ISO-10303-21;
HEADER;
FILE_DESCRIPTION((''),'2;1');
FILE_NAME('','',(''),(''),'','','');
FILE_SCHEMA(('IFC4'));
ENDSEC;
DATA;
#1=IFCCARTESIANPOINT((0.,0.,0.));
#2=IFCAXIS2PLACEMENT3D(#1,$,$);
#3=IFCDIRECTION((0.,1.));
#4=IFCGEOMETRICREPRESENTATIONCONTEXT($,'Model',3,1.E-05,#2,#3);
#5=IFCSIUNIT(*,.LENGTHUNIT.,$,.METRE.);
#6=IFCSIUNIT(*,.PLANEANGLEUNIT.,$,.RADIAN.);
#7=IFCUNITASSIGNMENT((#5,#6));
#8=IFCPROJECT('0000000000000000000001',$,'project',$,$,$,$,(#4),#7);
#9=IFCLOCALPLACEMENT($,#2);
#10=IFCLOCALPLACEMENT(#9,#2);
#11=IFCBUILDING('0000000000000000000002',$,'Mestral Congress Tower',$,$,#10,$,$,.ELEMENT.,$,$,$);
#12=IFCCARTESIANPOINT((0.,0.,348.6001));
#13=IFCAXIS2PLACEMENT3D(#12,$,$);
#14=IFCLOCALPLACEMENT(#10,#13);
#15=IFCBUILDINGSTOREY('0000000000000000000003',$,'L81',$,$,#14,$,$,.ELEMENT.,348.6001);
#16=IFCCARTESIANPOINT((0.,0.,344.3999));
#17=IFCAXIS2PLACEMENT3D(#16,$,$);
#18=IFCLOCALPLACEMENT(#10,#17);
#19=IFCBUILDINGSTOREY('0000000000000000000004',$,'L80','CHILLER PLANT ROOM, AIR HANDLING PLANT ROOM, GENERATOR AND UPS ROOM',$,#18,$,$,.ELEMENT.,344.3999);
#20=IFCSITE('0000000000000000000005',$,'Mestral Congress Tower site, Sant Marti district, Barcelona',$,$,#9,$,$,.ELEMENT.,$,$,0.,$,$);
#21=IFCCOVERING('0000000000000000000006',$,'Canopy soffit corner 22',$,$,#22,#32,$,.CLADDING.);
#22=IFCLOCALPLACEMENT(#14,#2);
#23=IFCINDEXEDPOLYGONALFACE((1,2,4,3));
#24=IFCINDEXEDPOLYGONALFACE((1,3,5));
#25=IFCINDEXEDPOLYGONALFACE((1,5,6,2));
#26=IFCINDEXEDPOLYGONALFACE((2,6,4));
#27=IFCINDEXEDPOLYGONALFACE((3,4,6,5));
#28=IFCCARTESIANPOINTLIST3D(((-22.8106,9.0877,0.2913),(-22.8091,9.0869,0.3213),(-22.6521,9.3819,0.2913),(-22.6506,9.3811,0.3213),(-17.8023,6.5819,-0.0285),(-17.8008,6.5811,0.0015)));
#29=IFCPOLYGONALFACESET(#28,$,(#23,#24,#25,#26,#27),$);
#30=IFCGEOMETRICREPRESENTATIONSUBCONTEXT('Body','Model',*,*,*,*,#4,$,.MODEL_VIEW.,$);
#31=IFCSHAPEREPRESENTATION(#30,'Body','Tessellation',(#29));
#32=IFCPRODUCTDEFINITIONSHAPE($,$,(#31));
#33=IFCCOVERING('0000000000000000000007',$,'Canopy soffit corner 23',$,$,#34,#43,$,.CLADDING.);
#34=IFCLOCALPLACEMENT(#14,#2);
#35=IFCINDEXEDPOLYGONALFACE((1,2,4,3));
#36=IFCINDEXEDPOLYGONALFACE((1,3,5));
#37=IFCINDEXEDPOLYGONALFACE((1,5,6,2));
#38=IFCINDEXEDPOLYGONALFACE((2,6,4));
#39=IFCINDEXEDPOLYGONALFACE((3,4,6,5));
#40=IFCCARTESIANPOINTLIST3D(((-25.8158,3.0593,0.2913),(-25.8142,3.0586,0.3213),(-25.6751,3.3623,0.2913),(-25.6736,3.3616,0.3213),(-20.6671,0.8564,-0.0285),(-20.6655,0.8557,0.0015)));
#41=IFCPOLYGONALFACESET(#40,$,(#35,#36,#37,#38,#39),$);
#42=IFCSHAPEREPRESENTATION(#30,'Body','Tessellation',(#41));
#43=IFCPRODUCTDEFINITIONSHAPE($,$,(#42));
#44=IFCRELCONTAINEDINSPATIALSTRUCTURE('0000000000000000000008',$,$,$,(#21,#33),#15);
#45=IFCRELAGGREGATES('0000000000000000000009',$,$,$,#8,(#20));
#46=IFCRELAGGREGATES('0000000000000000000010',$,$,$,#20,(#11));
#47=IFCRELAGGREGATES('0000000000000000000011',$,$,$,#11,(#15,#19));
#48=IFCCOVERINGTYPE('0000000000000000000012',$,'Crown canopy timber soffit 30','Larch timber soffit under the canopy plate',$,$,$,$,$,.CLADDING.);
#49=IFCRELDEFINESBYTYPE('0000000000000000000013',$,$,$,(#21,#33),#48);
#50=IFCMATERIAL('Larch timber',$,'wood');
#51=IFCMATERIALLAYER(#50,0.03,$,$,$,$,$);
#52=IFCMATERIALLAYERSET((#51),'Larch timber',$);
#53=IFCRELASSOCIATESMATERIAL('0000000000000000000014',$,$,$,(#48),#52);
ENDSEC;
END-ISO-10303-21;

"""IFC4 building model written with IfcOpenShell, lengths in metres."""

from ifc_helpers import new_model, si_unit, direction, frame, origin, place, context, subcontext, project, spatial, polyline, outline, extrude, material, layer, layer_set, type_object, element, save


model = new_model("IFC4")

# Units and contexts
model_context = context("Model", 3, precision=1e-05, world=origin(), true_north=direction((0.0, 1.0)))
body_context = subcontext(model_context, "Body", "Model", "MODEL_VIEW")
ifc_project = project(units=[si_unit("LENGTHUNIT", "METRE"), si_unit("PLANEANGLEUNIT", "RADIAN")], contexts=[model_context])

# Site, building, storey
site_placement = place(None, origin())
site = spatial("IfcSite", under=ifc_project, at=site_placement, Name="Mestral Congress Tower site, Sant Marti district, Barcelona", CompositionType="ELEMENT", RefElevation=0.0)
building_placement = place(site_placement, origin())
building = spatial("IfcBuilding", under=site, at=building_placement, Name="Mestral Congress Tower", CompositionType="ELEMENT")
storey_1_placement = place(building_placement, frame((0.0, 0.0, 348.6001)))
storey_1 = spatial("IfcBuildingStorey", under=building, at=storey_1_placement, Name="L81", CompositionType="ELEMENT", Elevation=348.6001)

# Shared definitions
storey_2_placement = place(building_placement, frame((0.0, 0.0, 344.3999)))
storey_2 = spatial("IfcBuildingStorey", under=building, at=storey_2_placement, Name="L80", Description="CHILLER PLANT ROOM, AIR HANDLING PLANT ROOM, GENERATOR AND UPS ROOM", CompositionType="ELEMENT", Elevation=344.3999)

# Coverings
ifc_material_1 = material(Name="Larch timber", Category="wood")
ifc_layer_1 = layer(ifc_material_1, 0.03)
ifc_layer_set_1 = layer_set([ifc_layer_1], Name="Larch timber")
covering_type_1 = type_object("IfcCoveringType", Name="Crown canopy timber soffit 30", Description="Larch timber soffit under the canopy plate", PredefinedType="CLADDING", material=ifc_layer_set_1)
covering_1_placement = place(storey_1_placement, frame((-17.8008, 6.5811, 0.0015), z_axis=(0.050221, -0.027049, 0.998372), x_axis=(-0.864618, 0.499185, 0.057017)))
element("IfcCovering", 1, at=covering_1_placement, inside=storey_1, type_object=covering_type_1, Name="Canopy soffit corner 22", PredefinedType="CLADDING", context=body_context, shape_type="SweptSolid", body=[
    extrude(outline(polyline([(0.0, 0.0), (5.6092, 0.0), (5.5994, 0.334), (0.0, 0.0)])), origin(), (0.0, 0.0, -1.0), 0.03),
])
covering_2_placement = place(storey_1_placement, frame((-20.6655, 0.8557, 0.0015), z_axis=(0.051741, -0.024015, 0.998372), x_axis=(-0.892841, 0.446747, 0.057019)))
element("IfcCovering", 2, at=covering_2_placement, inside=storey_1, type_object=covering_type_1, Name="Canopy soffit corner 23", PredefinedType="CLADDING", context=body_context, shape_type="SweptSolid", body=[
    extrude(outline(polyline([(0.0, 0.0), (5.6091, 0.0), (5.5993, 0.3339), (0.0, 0.0)])), origin(), (0.0, 0.0, -1.0), 0.03),
])

save(model, "model.ifc")
